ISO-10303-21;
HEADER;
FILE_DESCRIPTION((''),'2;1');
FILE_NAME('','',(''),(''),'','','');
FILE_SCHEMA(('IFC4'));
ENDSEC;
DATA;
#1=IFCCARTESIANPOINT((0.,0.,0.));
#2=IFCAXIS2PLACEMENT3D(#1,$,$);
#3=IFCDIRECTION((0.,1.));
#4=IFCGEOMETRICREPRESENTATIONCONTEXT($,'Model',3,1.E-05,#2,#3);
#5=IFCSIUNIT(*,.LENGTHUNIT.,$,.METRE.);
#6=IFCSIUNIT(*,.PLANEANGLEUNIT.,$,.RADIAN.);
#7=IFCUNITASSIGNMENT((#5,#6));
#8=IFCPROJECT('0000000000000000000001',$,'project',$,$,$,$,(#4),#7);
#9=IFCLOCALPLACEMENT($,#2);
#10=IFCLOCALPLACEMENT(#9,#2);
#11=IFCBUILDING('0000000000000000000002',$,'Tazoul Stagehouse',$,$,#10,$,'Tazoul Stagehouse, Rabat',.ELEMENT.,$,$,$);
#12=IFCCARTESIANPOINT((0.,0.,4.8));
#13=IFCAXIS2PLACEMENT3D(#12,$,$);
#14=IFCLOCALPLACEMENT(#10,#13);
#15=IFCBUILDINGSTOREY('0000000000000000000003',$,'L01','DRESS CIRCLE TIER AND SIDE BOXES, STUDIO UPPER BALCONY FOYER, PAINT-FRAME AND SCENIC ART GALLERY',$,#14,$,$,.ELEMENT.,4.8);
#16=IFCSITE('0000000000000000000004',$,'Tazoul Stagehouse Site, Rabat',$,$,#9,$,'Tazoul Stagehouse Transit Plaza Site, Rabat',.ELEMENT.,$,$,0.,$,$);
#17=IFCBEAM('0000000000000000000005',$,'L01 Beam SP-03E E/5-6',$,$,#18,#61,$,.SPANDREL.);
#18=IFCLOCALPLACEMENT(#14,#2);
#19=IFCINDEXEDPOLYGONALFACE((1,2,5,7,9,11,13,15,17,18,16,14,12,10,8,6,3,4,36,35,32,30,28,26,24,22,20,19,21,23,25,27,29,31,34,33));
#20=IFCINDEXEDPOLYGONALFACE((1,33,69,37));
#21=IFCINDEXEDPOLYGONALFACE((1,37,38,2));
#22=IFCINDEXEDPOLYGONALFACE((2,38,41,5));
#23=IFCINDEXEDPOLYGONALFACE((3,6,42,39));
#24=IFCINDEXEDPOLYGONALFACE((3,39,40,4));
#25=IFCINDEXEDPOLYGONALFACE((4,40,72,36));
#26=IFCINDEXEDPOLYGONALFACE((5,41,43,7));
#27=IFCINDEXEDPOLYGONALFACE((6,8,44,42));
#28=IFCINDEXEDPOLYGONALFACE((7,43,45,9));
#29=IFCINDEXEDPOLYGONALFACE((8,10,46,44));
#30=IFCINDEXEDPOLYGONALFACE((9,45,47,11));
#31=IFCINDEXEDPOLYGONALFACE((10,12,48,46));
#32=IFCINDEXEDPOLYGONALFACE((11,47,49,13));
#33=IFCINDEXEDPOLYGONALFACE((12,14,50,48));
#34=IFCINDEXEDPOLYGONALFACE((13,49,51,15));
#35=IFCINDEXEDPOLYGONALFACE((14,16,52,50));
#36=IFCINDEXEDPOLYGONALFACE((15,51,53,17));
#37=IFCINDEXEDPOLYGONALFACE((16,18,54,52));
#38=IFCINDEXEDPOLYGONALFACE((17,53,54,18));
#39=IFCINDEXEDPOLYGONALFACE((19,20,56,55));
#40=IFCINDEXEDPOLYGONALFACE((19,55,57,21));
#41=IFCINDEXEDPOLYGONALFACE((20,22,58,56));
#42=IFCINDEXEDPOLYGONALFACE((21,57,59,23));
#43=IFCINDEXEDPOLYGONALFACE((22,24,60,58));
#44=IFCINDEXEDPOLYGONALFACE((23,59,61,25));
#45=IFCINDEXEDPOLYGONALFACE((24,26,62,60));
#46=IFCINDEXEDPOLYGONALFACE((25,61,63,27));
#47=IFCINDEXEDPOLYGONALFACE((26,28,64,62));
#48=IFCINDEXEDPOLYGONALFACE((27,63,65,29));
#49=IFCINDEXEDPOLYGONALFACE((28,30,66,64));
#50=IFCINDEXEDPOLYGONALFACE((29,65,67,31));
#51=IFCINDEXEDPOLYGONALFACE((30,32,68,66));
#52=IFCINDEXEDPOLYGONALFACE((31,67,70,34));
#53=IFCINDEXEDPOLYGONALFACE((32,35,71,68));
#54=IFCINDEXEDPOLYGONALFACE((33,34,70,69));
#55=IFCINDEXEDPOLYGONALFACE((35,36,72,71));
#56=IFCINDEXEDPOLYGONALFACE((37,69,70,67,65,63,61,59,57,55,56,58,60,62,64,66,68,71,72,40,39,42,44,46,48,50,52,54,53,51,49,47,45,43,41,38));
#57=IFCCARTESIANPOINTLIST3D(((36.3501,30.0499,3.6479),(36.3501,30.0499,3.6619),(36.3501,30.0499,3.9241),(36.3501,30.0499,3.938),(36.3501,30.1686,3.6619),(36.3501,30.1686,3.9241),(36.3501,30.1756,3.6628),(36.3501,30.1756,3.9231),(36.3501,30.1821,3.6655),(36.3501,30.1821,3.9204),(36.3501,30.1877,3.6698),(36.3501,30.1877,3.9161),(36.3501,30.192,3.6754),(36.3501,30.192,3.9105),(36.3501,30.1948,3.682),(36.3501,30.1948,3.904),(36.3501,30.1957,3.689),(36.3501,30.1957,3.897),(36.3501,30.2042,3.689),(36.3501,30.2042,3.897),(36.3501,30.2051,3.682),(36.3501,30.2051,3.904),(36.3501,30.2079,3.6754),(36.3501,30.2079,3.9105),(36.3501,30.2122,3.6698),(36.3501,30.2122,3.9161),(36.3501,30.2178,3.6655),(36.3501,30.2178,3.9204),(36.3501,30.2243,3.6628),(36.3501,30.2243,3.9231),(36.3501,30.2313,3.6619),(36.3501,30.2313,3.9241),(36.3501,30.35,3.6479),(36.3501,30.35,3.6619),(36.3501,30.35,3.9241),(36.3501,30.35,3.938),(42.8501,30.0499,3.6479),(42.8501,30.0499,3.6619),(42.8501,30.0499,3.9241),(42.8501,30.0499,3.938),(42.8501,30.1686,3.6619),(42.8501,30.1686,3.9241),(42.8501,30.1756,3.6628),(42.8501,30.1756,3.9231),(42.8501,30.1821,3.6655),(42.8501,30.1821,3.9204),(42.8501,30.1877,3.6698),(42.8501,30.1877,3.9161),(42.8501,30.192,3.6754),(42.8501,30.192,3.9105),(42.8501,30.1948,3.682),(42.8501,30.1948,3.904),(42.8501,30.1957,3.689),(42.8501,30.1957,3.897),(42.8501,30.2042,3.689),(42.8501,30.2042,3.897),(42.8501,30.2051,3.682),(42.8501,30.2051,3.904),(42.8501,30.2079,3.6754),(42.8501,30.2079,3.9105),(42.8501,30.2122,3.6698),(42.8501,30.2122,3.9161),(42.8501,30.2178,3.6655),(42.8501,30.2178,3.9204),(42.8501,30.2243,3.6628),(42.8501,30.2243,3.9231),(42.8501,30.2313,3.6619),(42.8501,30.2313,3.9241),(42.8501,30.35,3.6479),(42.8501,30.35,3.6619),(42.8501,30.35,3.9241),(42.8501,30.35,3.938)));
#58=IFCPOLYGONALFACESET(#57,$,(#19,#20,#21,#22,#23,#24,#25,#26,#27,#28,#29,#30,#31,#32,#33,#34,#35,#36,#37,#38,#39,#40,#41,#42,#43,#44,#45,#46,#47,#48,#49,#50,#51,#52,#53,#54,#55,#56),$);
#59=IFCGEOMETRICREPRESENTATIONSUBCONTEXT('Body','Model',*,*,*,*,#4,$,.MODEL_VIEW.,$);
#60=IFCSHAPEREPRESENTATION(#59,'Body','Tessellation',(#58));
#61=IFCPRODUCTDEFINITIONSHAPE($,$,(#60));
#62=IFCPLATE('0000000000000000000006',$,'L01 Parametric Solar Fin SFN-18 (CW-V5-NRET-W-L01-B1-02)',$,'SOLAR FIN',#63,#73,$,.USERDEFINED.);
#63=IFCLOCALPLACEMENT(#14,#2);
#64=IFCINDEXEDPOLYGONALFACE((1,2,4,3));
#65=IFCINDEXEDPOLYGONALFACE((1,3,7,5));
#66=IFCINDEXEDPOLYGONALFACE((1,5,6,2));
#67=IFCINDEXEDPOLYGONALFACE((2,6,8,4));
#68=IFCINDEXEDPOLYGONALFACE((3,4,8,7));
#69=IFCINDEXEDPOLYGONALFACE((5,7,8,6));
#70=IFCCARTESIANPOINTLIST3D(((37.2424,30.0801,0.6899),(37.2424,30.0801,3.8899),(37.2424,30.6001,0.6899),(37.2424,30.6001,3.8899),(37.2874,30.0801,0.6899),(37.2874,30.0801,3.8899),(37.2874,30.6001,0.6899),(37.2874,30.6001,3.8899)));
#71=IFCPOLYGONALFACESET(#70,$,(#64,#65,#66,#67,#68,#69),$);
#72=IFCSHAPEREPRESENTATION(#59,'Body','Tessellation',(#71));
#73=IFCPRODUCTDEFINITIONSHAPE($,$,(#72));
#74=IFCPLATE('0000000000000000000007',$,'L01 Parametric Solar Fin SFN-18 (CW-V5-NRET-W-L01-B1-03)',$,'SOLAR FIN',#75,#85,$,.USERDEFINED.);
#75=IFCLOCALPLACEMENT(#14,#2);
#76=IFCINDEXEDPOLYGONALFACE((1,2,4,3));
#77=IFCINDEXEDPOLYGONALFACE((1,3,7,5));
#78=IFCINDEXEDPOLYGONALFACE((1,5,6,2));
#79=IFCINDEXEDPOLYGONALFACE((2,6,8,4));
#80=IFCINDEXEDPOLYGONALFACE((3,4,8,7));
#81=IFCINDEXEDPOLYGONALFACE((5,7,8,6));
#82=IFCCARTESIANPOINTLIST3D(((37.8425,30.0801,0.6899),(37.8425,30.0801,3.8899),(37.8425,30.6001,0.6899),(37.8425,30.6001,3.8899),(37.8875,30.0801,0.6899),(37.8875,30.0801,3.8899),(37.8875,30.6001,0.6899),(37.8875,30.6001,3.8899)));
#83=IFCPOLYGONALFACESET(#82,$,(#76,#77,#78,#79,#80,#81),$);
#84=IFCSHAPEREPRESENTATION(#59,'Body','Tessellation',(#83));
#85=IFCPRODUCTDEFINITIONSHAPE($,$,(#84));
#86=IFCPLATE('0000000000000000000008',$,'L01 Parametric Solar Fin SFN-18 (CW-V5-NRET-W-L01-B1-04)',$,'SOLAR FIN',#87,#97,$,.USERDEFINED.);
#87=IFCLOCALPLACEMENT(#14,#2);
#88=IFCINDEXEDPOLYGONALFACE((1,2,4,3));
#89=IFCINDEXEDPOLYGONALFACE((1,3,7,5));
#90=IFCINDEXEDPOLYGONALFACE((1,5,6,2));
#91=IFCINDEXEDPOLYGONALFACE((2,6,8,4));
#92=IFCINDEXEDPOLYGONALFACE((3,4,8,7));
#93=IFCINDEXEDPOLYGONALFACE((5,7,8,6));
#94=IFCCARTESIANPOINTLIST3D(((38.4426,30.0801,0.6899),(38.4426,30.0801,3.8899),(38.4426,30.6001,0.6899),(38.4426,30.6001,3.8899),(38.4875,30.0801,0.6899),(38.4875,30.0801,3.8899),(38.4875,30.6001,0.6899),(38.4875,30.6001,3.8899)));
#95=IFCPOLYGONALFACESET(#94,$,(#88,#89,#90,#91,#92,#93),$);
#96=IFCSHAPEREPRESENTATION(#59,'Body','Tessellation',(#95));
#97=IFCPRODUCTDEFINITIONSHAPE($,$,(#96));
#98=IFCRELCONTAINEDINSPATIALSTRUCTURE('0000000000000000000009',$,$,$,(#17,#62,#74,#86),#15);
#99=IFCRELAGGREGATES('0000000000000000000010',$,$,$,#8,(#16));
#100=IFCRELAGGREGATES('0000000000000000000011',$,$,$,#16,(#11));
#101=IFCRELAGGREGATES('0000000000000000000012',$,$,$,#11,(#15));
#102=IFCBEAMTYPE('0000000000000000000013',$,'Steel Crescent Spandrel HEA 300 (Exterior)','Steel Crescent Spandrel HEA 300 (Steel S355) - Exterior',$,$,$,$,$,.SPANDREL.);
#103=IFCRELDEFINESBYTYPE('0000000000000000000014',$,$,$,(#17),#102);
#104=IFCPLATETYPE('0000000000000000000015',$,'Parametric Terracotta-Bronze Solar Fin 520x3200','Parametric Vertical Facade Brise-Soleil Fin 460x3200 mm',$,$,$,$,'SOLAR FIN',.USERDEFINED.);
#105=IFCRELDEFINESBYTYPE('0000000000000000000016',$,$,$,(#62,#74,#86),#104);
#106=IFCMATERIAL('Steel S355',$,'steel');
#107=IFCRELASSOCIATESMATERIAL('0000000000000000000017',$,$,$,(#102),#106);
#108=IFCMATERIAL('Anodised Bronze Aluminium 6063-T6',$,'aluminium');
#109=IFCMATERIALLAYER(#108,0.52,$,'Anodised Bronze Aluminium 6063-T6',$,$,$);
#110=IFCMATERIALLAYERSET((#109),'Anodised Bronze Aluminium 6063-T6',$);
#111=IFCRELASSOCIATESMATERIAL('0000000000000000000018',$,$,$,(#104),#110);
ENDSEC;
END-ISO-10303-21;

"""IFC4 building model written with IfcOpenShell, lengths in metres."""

from ifc_helpers import new_model, si_unit, direction, frame, origin, origin_2d, place, context, subcontext, project, spatial, rectangle, i_section, extrude, material, layer, layer_set, material_profile, profile_set, type_object, element, save


model = new_model("IFC4")

# Units and contexts
model_context = context("Model", 3, precision=1e-05, world=origin(), true_north=direction((0.0, 1.0)))
body_context = subcontext(model_context, "Body", "Model", "MODEL_VIEW")
ifc_project = project(units=[si_unit("LENGTHUNIT", "METRE"), si_unit("PLANEANGLEUNIT", "RADIAN")], contexts=[model_context])

# Site, building, storey
site_placement = place(None, origin())
site = spatial("IfcSite", under=ifc_project, at=site_placement, Name="Tazoul Stagehouse Site, Rabat", LongName="Tazoul Stagehouse Transit Plaza Site, Rabat", CompositionType="ELEMENT", RefElevation=0.0)
building_placement = place(site_placement, origin())
building = spatial("IfcBuilding", under=site, at=building_placement, Name="Tazoul Stagehouse", LongName="Tazoul Stagehouse, Rabat", CompositionType="ELEMENT")
storey_placement = place(building_placement, frame((0.0, 0.0, 4.8)))
storey = spatial("IfcBuildingStorey", under=building, at=storey_placement, Name="L01", Description="DRESS CIRCLE TIER AND SIDE BOXES, STUDIO UPPER BALCONY FOYER, PAINT-FRAME AND SCENIC ART GALLERY", CompositionType="ELEMENT", Elevation=4.8)

# Beam
ifc_material_1 = material(Name="Steel S355", Category="steel")
ifc_material_profile = material_profile(ifc_material_1, i_section(OverallWidth=0.3, OverallDepth=0.29, WebThickness=0.0085, FlangeThickness=0.0139, FilletRadius=0.0271, at=origin_2d()), Name="HEA 300")
ifc_profile_set = profile_set([ifc_material_profile], Name="Steel S355")
beam_type = type_object("IfcBeamType", Name="Steel Crescent Spandrel HEA 300 (Exterior)", Description="Steel Crescent Spandrel HEA 300 (Steel S355) - Exterior", PredefinedType="SPANDREL", material=ifc_profile_set)
beam_placement = place(storey_placement, frame((36.3501, 30.2, 3.793), z_axis=(1.0, 0.0, 0.0), x_axis=(0.0, 1.0, 0.0)))
element("IfcBeam", 1, at=beam_placement, inside=storey, type_object=beam_type, Name="L01 Beam SP-03E E/5-6", PredefinedType="SPANDREL", context=body_context, shape_type="SweptSolid", body=[
    extrude(i_section(OverallWidth=0.3, OverallDepth=0.29, WebThickness=0.0085, FlangeThickness=0.0139, FilletRadius=0.0271, at=origin_2d()), origin(), (0.0, 0.0, 1.0), 6.5),
])

# Plates
ifc_material_2 = material(Name="Anodised Bronze Aluminium 6063-T6", Category="aluminium")
ifc_layer = layer(ifc_material_2, 0.52, Name="Anodised Bronze Aluminium 6063-T6")
ifc_layer_set = layer_set([ifc_layer], Name="Anodised Bronze Aluminium 6063-T6")
plate_type = type_object("IfcPlateType", Name="Parametric Terracotta-Bronze Solar Fin 520x3200", Description="Parametric Vertical Facade Brise-Soleil Fin 460x3200 mm", ElementType="SOLAR FIN", PredefinedType="USERDEFINED", material=ifc_layer_set)
for number, where, z_axis, x_axis, name in (
    (2, (37.2649, 30.3401, 0.6899), (0.0, 0.0, 1.0), (1.0, 0.0, 0.0), "L01 Parametric Solar Fin SFN-18 (CW-V5-NRET-W-L01-B1-02)"),
    (3, (37.865, 30.3401, 0.6899), (0.0, 0.0, 1.0), (1.0, 0.0, 0.0), "L01 Parametric Solar Fin SFN-18 (CW-V5-NRET-W-L01-B1-03)"),
    (4, (38.4651, 30.3401, 0.6899), (0.0, 0.0, 1.0), (1.0, 0.0, 0.0), "L01 Parametric Solar Fin SFN-18 (CW-V5-NRET-W-L01-B1-04)"),
):
    element("IfcPlate", number, at=place(storey_placement, frame(where, z_axis=z_axis, x_axis=x_axis)), inside=storey, type_object=plate_type, Name=name, ObjectType="SOLAR FIN", PredefinedType="USERDEFINED", context=body_context, shape_type="SweptSolid", body=[
        extrude(rectangle(XDim=0.0449, YDim=0.52, at=origin_2d()), origin(), (0.0, 0.0, 1.0), 3.2),
    ])

save(model, "model.ifc")
